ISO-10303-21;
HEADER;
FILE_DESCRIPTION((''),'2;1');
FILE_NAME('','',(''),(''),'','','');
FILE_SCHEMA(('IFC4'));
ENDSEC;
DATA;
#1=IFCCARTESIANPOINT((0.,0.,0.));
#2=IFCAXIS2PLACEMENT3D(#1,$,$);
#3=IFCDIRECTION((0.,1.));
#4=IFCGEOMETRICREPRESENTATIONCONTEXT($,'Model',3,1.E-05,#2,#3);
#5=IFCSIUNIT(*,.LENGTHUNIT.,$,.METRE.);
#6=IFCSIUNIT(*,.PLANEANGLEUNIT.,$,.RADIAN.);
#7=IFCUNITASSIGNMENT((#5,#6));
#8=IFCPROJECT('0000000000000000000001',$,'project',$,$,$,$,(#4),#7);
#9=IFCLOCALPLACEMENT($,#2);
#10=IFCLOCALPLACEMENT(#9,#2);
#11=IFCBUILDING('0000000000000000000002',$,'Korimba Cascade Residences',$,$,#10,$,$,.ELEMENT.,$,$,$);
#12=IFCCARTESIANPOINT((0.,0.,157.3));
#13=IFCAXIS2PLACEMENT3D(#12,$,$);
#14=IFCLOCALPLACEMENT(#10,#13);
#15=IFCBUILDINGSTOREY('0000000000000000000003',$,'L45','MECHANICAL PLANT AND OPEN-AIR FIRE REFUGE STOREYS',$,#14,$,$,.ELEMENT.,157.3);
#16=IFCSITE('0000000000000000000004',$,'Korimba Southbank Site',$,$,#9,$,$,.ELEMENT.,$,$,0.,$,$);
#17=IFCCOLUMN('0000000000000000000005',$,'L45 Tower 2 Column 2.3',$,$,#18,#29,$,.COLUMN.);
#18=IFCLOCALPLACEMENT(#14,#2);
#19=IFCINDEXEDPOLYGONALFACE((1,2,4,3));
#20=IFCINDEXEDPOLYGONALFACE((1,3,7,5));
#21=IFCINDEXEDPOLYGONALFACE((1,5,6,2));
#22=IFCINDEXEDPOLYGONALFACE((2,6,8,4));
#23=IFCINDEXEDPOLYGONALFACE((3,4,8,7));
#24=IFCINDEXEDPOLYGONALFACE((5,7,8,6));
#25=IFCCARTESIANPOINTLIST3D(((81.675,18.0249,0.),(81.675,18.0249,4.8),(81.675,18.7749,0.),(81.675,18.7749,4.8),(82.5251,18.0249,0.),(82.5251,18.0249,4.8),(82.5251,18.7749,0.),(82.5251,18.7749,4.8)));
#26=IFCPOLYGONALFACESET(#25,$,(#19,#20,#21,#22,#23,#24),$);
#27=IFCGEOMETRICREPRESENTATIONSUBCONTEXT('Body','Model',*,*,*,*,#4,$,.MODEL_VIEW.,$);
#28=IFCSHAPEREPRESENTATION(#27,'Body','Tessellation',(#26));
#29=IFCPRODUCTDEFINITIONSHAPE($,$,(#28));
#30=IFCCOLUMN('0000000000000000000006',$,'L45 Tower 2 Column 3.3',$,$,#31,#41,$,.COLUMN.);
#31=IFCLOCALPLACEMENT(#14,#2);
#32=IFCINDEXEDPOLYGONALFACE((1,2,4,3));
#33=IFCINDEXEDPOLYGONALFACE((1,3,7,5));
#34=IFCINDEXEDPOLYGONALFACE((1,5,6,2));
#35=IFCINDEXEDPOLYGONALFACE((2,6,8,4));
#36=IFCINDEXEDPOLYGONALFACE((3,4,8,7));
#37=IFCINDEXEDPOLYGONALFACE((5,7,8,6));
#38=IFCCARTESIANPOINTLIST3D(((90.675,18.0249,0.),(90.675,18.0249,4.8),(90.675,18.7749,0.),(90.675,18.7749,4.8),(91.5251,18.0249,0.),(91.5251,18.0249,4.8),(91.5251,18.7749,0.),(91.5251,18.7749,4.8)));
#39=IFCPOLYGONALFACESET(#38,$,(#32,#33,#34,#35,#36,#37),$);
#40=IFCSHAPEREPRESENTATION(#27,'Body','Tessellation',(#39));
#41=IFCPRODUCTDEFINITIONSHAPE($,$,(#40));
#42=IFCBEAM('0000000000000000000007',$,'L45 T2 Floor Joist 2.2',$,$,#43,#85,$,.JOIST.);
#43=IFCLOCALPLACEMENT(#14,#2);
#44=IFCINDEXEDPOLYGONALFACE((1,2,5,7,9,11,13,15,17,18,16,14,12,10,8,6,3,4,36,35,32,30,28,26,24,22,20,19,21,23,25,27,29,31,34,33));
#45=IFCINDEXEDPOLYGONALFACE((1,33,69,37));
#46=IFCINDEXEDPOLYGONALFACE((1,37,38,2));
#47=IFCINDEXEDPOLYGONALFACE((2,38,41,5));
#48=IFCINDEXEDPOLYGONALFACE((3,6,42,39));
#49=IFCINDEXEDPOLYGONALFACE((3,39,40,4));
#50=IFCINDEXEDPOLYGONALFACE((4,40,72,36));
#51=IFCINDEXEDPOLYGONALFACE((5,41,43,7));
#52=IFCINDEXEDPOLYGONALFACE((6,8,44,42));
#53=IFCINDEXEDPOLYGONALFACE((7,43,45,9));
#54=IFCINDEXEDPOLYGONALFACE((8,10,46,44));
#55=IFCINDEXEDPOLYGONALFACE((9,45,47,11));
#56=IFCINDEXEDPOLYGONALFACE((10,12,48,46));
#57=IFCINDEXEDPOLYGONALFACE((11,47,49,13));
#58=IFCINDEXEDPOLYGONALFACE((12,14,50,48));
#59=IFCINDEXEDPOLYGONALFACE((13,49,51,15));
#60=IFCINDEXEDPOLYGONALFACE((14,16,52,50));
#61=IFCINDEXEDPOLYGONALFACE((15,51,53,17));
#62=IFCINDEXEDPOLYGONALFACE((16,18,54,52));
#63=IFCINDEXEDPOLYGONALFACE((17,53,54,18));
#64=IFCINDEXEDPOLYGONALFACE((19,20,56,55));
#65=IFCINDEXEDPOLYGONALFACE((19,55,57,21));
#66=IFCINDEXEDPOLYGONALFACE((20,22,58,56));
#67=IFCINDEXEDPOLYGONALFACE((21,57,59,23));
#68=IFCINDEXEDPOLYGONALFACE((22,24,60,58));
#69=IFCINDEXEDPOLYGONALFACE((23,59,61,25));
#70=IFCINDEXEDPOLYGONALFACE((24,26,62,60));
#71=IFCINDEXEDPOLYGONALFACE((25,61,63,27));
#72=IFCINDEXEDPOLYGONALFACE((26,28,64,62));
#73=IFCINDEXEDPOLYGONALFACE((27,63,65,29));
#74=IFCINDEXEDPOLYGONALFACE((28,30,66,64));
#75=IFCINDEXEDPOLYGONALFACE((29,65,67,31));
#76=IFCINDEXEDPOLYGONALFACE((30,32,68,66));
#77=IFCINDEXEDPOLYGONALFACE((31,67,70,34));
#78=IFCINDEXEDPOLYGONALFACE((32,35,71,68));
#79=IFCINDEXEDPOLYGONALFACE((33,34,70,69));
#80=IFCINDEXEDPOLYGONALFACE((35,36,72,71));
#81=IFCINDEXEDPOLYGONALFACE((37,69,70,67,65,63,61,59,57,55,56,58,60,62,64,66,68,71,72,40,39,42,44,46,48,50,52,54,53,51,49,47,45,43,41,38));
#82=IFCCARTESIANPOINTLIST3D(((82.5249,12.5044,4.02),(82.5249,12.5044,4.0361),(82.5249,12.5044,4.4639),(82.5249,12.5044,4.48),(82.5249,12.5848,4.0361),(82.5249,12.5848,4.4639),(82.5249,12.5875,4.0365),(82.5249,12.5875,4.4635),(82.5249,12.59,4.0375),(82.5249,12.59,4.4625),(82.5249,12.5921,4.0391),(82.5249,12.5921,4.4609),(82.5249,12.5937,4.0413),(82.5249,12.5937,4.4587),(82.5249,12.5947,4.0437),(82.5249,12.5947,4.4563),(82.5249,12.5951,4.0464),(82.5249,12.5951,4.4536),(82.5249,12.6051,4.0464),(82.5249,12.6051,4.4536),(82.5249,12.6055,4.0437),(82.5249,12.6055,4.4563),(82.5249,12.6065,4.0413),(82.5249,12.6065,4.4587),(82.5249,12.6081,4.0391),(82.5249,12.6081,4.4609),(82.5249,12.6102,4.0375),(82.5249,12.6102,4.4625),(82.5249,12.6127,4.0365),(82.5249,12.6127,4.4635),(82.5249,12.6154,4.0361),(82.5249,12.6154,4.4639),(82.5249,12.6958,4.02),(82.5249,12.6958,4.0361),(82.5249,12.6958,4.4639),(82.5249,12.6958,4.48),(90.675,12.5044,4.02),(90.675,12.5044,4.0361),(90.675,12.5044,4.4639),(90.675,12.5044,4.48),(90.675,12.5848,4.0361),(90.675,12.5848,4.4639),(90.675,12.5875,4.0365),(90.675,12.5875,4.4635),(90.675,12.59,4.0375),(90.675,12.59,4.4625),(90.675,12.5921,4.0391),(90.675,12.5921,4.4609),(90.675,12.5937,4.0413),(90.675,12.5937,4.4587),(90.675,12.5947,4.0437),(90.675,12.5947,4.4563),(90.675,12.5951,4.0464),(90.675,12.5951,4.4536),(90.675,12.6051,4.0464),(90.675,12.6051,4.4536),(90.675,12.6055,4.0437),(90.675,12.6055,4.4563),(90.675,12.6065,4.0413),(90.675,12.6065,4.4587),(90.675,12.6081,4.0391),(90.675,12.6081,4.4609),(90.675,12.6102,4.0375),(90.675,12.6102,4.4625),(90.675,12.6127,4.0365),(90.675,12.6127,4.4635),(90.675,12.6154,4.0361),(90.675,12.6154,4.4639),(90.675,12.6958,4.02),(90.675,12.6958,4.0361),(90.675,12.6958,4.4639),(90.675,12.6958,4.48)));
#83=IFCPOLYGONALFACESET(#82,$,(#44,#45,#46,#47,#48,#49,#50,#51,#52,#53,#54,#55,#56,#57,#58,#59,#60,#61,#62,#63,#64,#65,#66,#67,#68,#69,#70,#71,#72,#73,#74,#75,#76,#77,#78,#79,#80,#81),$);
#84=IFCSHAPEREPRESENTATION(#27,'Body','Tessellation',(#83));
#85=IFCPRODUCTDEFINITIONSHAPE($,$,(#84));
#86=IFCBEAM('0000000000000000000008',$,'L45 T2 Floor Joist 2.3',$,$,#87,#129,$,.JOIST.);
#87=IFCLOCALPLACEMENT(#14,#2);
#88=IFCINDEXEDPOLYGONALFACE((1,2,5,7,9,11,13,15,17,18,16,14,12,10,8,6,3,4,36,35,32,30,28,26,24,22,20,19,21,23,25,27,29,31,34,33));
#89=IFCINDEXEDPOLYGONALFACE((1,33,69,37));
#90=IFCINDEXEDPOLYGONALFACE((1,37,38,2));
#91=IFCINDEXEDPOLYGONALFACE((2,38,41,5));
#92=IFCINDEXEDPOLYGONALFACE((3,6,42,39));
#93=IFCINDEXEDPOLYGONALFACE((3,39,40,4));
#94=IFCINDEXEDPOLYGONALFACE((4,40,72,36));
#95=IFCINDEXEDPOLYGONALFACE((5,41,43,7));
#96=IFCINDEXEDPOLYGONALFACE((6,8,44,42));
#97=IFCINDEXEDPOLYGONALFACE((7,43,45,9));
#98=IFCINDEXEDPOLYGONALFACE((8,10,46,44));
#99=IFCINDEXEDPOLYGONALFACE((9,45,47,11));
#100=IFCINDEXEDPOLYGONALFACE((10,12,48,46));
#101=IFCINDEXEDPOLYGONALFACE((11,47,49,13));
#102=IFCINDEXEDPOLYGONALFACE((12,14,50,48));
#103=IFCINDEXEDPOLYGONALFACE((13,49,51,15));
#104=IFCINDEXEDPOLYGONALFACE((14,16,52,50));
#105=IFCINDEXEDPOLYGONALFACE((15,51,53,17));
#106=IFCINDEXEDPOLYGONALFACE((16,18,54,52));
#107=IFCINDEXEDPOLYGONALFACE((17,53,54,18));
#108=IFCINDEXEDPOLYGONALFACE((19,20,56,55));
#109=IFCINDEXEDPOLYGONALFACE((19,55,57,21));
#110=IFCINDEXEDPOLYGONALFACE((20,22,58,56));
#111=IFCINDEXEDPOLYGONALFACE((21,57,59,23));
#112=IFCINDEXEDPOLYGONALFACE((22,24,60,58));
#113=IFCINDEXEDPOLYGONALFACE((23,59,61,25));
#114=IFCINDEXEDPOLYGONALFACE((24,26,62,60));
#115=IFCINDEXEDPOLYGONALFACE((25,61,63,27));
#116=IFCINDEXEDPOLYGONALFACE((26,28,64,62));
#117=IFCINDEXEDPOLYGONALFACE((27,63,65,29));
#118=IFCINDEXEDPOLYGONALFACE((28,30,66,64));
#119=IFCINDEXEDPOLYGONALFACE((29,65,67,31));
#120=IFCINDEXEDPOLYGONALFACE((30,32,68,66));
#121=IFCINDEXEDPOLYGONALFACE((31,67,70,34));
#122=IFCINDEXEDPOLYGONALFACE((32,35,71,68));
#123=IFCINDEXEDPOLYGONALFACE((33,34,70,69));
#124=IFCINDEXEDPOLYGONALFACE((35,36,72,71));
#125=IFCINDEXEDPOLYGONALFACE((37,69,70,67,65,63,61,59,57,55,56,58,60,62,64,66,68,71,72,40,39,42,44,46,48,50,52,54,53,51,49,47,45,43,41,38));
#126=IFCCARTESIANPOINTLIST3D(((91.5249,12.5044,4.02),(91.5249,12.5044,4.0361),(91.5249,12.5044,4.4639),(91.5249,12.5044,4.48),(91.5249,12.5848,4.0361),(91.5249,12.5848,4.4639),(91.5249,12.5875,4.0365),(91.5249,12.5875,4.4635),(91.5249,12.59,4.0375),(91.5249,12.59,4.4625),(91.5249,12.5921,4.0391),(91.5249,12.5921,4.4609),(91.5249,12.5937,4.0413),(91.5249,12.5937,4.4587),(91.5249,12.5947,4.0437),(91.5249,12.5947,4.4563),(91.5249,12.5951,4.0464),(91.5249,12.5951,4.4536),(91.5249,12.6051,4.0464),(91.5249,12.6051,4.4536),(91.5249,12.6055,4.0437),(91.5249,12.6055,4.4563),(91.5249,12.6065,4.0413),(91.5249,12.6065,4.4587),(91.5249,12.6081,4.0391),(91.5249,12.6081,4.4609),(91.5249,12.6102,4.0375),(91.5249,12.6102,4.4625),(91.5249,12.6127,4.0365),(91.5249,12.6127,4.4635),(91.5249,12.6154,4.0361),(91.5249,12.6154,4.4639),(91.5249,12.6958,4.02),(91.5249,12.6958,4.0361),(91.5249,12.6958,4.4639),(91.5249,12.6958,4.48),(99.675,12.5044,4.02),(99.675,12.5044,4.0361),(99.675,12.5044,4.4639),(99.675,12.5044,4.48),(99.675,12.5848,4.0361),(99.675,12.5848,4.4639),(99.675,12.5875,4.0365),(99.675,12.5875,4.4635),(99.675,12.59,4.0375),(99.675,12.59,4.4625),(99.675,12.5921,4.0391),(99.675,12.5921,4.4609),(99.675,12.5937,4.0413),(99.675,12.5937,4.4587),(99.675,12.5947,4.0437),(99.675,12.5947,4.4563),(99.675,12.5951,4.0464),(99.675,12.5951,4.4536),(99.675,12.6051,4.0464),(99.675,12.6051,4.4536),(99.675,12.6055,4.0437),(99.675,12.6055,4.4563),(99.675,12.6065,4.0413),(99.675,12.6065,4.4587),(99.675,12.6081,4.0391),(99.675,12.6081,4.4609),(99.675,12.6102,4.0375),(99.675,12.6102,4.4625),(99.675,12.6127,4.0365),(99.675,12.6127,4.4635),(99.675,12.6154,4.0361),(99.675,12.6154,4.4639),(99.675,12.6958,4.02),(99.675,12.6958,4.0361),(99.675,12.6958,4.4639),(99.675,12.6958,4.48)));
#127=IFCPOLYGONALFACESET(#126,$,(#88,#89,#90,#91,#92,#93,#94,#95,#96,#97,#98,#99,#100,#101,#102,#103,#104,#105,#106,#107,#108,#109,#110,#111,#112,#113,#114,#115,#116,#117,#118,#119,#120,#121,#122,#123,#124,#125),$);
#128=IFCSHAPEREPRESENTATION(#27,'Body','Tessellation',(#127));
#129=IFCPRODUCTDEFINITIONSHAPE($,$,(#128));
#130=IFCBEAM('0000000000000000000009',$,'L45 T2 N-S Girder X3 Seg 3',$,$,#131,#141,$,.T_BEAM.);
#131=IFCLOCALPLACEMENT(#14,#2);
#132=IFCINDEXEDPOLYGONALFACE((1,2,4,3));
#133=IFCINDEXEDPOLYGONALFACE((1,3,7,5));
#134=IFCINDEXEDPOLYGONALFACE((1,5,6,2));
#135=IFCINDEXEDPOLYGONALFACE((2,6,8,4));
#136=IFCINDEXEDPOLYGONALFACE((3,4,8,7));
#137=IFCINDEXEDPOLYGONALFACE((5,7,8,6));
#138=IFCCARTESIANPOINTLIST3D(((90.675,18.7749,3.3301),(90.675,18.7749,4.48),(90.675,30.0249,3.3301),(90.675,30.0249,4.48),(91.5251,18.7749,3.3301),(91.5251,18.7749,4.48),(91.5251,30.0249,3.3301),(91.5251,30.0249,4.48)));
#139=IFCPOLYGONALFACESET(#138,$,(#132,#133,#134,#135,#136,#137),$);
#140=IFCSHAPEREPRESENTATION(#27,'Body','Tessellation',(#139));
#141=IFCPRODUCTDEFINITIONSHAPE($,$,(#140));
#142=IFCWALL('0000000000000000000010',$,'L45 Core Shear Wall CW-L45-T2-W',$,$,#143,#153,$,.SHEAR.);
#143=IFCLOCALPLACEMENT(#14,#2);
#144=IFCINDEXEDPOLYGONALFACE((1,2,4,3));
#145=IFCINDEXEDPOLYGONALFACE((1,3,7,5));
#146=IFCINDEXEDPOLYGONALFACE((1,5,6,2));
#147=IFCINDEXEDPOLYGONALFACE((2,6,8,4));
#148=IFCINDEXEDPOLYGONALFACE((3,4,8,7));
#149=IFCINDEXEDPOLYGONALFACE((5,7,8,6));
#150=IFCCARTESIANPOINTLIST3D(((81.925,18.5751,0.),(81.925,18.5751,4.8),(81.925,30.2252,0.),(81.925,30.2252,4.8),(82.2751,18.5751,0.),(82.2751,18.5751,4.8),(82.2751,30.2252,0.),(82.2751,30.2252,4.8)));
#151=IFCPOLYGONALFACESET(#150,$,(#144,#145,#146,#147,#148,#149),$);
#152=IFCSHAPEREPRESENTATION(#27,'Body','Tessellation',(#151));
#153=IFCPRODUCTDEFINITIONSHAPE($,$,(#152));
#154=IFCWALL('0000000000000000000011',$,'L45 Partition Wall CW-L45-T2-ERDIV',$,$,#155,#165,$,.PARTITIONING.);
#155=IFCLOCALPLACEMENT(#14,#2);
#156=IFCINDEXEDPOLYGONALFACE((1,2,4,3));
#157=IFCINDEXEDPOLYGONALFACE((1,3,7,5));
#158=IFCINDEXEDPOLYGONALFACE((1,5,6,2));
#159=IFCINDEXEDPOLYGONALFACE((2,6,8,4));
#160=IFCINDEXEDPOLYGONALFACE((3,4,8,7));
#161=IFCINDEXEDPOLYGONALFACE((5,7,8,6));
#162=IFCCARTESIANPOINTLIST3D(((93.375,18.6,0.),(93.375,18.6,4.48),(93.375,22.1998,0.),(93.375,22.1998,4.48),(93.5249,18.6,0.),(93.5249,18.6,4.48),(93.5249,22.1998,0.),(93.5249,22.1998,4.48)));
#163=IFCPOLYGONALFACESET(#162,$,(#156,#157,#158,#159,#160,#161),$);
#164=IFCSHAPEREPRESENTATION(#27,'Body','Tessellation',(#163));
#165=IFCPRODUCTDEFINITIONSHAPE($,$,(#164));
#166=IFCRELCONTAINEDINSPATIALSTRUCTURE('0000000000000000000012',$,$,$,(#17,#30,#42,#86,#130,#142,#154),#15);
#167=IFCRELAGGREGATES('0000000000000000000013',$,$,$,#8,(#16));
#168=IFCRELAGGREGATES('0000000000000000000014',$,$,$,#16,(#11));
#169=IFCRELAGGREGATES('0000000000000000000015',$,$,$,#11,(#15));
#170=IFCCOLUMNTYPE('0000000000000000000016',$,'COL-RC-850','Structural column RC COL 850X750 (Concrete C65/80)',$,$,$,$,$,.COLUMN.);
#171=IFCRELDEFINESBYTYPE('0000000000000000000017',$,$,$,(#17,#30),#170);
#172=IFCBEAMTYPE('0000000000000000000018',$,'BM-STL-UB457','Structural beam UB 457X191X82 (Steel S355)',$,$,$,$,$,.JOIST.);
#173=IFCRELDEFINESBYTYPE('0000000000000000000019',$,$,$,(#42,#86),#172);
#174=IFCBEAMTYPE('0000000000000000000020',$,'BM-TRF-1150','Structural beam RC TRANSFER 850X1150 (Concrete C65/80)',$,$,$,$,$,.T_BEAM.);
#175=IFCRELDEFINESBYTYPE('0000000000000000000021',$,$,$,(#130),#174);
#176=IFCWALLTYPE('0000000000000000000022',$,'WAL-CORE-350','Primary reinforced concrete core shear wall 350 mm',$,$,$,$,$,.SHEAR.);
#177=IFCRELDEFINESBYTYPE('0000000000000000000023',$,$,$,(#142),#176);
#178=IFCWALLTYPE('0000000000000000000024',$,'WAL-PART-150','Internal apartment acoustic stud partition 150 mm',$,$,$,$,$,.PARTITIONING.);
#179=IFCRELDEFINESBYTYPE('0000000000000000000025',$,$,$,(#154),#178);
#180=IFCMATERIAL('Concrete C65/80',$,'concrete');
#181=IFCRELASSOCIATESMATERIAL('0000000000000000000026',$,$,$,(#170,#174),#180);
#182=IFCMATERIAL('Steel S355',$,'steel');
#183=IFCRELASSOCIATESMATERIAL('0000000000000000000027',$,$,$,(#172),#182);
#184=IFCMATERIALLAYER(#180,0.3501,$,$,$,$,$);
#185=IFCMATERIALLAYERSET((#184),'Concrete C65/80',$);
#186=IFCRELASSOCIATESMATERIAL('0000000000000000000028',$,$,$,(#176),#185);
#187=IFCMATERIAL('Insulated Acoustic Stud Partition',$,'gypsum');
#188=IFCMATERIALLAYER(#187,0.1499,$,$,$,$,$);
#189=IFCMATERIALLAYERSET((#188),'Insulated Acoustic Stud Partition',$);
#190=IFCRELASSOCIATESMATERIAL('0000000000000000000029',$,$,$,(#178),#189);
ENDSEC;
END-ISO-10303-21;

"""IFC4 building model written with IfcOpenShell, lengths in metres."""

from ifc_helpers import new_model, si_unit, direction, frame, frame_2d, origin, origin_2d, place, context, subcontext, project, spatial, rectangle, i_section, extrude, material, layer, layer_set, material_profile, profile_set, type_object, element, save


model = new_model("IFC4")

# Units and contexts
model_context = context("Model", 3, precision=1e-05, world=origin(), true_north=direction((0.0, 1.0)))
body_context = subcontext(model_context, "Body", "Model", "MODEL_VIEW")
ifc_project = project(units=[si_unit("LENGTHUNIT", "METRE"), si_unit("PLANEANGLEUNIT", "RADIAN")], contexts=[model_context])

# Site, building, storey
site_placement = place(None, origin())
site = spatial("IfcSite", under=ifc_project, at=site_placement, Name="Korimba Southbank Site", CompositionType="ELEMENT", RefElevation=0.0)
building_placement = place(site_placement, origin())
building = spatial("IfcBuilding", under=site, at=building_placement, Name="Korimba Cascade Residences", CompositionType="ELEMENT")
storey_placement = place(building_placement, frame((0.0, 0.0, 157.3)))
storey = spatial("IfcBuildingStorey", under=building, at=storey_placement, Name="L45", Description="MECHANICAL PLANT AND OPEN-AIR FIRE REFUGE STOREYS", CompositionType="ELEMENT", Elevation=157.3)

# Columns
ifc_material_1 = material(Name="Concrete C65/80", Category="concrete")
ifc_material_profile_1 = material_profile(ifc_material_1, rectangle(XDim=0.8501, YDim=0.75, at=origin_2d()), Name="Concrete C65/80")
ifc_profile_set_1 = profile_set([ifc_material_profile_1], Name="Concrete C65/80")
column_type = type_object("IfcColumnType", Name="COL-RC-850", Description="Structural column RC COL 850X750 (Concrete C65/80)", PredefinedType="COLUMN", material=ifc_profile_set_1)
for number, where, z_axis, x_axis, name in (
    (1, (82.1001, 18.3999, 0.0), (0.0, 0.0, 1.0), (1.0, 0.0, 0.0), "L45 Tower 2 Column 2.3"),
    (2, (91.1001, 18.3999, 0.0), (0.0, 0.0, 1.0), (1.0, 0.0, 0.0), "L45 Tower 2 Column 3.3"),
):
    element("IfcColumn", number, at=place(storey_placement, frame(where, z_axis=z_axis, x_axis=x_axis)), inside=storey, type_object=column_type, Name=name, PredefinedType="COLUMN", context=body_context, shape_type="SweptSolid", body=[
        extrude(rectangle(XDim=0.8501, YDim=0.75, at=origin_2d()), origin(), (0.0, 0.0, 1.0), 4.8),
    ])

# Beams
ifc_material_2 = material(Name="Steel S355", Category="steel")
ifc_material_profile_2 = material_profile(ifc_material_2, i_section(OverallWidth=0.1914, OverallDepth=0.46, WebThickness=0.01, FlangeThickness=0.0161, FilletRadius=0.0103, at=origin_2d()), Name="Steel S355")
ifc_profile_set_2 = profile_set([ifc_material_profile_2], Name="Steel S355")
beam_type_1 = type_object("IfcBeamType", Name="BM-STL-UB457", Description="Structural beam UB 457X191X82 (Steel S355)", PredefinedType="JOIST", material=ifc_profile_set_2)
for number, where, z_axis, x_axis, name in (
    (3, (82.5249, 12.6001, 4.25), (1.0, 0.0, 0.0), (0.0, 1.0, 0.0), "L45 T2 Floor Joist 2.2"),
    (4, (91.5249, 12.6001, 4.25), (1.0, 0.0, 0.0), (0.0, 1.0, 0.0), "L45 T2 Floor Joist 2.3"),
):
    element("IfcBeam", number, at=place(storey_placement, frame(where, z_axis=z_axis, x_axis=x_axis)), inside=storey, type_object=beam_type_1, Name=name, PredefinedType="JOIST", context=body_context, shape_type="SweptSolid", body=[
        extrude(i_section(OverallWidth=0.1914, OverallDepth=0.46, WebThickness=0.01, FlangeThickness=0.0161, FilletRadius=0.0103, at=origin_2d()), origin(), (0.0, 0.0, 1.0), 8.1501),
    ])
ifc_material_profile_3 = material_profile(ifc_material_1, rectangle(XDim=0.8501, YDim=1.1499, at=origin_2d()), Name="Concrete C65/80")
ifc_profile_set_3 = profile_set([ifc_material_profile_3], Name="Concrete C65/80")
beam_type_2 = type_object("IfcBeamType", Name="BM-TRF-1150", Description="Structural beam RC TRANSFER 850X1150 (Concrete C65/80)", PredefinedType="T_BEAM", material=ifc_profile_set_3)
beam_placement = place(storey_placement, frame((91.1001, 18.7749, 3.905), z_axis=(0.0, 1.0, 0.0), x_axis=(-1.0, 0.0, 0.0)))
element("IfcBeam", 5, at=beam_placement, inside=storey, type_object=beam_type_2, Name="L45 T2 N-S Girder X3 Seg 3", PredefinedType="T_BEAM", context=body_context, shape_type="SweptSolid", body=[
    extrude(rectangle(XDim=0.8501, YDim=1.1499, at=origin_2d()), origin(), (0.0, 0.0, 1.0), 11.25),
])

# Walls
ifc_layer_1 = layer(ifc_material_1, 0.3501)
ifc_layer_set_1 = layer_set([ifc_layer_1], Name="Concrete C65/80")
wall_type_1 = type_object("IfcWallType", Name="WAL-CORE-350", Description="Primary reinforced concrete core shear wall 350 mm", PredefinedType="SHEAR", material=ifc_layer_set_1)
wall_1_placement = place(storey_placement, frame((82.1001, 18.575, 0.0), z_axis=(0.0, 0.0, 1.0), x_axis=(0.0, 1.0, 0.0)))
element("IfcWall", 6, at=wall_1_placement, inside=storey, type_object=wall_type_1, Name="L45 Core Shear Wall CW-L45-T2-W", PredefinedType="SHEAR", context=body_context, shape_type="SweptSolid", body=[
    extrude(rectangle(XDim=11.6501, YDim=0.3501, at=frame_2d((5.8252, 0.0))), origin(), (0.0, 0.0, 1.0), 4.8),
])
ifc_material_3 = material(Name="Insulated Acoustic Stud Partition", Category="gypsum")
ifc_layer_2 = layer(ifc_material_3, 0.1499)
ifc_layer_set_2 = layer_set([ifc_layer_2], Name="Insulated Acoustic Stud Partition")
wall_type_2 = type_object("IfcWallType", Name="WAL-PART-150", Description="Internal apartment acoustic stud partition 150 mm", PredefinedType="PARTITIONING", material=ifc_layer_set_2)
wall_2_placement = place(storey_placement, frame((93.45, 18.6001, 0.0), z_axis=(0.0, 0.0, 1.0), x_axis=(0.0, 1.0, 0.0)))
element("IfcWall", 7, at=wall_2_placement, inside=storey, type_object=wall_type_2, Name="L45 Partition Wall CW-L45-T2-ERDIV", PredefinedType="PARTITIONING", context=body_context, shape_type="SweptSolid", body=[
    extrude(rectangle(XDim=3.5999, YDim=0.1499, at=frame_2d((1.7998, 0.0))), origin(), (0.0, 0.0, 1.0), 4.48),
])

save(model, "model.ifc")
